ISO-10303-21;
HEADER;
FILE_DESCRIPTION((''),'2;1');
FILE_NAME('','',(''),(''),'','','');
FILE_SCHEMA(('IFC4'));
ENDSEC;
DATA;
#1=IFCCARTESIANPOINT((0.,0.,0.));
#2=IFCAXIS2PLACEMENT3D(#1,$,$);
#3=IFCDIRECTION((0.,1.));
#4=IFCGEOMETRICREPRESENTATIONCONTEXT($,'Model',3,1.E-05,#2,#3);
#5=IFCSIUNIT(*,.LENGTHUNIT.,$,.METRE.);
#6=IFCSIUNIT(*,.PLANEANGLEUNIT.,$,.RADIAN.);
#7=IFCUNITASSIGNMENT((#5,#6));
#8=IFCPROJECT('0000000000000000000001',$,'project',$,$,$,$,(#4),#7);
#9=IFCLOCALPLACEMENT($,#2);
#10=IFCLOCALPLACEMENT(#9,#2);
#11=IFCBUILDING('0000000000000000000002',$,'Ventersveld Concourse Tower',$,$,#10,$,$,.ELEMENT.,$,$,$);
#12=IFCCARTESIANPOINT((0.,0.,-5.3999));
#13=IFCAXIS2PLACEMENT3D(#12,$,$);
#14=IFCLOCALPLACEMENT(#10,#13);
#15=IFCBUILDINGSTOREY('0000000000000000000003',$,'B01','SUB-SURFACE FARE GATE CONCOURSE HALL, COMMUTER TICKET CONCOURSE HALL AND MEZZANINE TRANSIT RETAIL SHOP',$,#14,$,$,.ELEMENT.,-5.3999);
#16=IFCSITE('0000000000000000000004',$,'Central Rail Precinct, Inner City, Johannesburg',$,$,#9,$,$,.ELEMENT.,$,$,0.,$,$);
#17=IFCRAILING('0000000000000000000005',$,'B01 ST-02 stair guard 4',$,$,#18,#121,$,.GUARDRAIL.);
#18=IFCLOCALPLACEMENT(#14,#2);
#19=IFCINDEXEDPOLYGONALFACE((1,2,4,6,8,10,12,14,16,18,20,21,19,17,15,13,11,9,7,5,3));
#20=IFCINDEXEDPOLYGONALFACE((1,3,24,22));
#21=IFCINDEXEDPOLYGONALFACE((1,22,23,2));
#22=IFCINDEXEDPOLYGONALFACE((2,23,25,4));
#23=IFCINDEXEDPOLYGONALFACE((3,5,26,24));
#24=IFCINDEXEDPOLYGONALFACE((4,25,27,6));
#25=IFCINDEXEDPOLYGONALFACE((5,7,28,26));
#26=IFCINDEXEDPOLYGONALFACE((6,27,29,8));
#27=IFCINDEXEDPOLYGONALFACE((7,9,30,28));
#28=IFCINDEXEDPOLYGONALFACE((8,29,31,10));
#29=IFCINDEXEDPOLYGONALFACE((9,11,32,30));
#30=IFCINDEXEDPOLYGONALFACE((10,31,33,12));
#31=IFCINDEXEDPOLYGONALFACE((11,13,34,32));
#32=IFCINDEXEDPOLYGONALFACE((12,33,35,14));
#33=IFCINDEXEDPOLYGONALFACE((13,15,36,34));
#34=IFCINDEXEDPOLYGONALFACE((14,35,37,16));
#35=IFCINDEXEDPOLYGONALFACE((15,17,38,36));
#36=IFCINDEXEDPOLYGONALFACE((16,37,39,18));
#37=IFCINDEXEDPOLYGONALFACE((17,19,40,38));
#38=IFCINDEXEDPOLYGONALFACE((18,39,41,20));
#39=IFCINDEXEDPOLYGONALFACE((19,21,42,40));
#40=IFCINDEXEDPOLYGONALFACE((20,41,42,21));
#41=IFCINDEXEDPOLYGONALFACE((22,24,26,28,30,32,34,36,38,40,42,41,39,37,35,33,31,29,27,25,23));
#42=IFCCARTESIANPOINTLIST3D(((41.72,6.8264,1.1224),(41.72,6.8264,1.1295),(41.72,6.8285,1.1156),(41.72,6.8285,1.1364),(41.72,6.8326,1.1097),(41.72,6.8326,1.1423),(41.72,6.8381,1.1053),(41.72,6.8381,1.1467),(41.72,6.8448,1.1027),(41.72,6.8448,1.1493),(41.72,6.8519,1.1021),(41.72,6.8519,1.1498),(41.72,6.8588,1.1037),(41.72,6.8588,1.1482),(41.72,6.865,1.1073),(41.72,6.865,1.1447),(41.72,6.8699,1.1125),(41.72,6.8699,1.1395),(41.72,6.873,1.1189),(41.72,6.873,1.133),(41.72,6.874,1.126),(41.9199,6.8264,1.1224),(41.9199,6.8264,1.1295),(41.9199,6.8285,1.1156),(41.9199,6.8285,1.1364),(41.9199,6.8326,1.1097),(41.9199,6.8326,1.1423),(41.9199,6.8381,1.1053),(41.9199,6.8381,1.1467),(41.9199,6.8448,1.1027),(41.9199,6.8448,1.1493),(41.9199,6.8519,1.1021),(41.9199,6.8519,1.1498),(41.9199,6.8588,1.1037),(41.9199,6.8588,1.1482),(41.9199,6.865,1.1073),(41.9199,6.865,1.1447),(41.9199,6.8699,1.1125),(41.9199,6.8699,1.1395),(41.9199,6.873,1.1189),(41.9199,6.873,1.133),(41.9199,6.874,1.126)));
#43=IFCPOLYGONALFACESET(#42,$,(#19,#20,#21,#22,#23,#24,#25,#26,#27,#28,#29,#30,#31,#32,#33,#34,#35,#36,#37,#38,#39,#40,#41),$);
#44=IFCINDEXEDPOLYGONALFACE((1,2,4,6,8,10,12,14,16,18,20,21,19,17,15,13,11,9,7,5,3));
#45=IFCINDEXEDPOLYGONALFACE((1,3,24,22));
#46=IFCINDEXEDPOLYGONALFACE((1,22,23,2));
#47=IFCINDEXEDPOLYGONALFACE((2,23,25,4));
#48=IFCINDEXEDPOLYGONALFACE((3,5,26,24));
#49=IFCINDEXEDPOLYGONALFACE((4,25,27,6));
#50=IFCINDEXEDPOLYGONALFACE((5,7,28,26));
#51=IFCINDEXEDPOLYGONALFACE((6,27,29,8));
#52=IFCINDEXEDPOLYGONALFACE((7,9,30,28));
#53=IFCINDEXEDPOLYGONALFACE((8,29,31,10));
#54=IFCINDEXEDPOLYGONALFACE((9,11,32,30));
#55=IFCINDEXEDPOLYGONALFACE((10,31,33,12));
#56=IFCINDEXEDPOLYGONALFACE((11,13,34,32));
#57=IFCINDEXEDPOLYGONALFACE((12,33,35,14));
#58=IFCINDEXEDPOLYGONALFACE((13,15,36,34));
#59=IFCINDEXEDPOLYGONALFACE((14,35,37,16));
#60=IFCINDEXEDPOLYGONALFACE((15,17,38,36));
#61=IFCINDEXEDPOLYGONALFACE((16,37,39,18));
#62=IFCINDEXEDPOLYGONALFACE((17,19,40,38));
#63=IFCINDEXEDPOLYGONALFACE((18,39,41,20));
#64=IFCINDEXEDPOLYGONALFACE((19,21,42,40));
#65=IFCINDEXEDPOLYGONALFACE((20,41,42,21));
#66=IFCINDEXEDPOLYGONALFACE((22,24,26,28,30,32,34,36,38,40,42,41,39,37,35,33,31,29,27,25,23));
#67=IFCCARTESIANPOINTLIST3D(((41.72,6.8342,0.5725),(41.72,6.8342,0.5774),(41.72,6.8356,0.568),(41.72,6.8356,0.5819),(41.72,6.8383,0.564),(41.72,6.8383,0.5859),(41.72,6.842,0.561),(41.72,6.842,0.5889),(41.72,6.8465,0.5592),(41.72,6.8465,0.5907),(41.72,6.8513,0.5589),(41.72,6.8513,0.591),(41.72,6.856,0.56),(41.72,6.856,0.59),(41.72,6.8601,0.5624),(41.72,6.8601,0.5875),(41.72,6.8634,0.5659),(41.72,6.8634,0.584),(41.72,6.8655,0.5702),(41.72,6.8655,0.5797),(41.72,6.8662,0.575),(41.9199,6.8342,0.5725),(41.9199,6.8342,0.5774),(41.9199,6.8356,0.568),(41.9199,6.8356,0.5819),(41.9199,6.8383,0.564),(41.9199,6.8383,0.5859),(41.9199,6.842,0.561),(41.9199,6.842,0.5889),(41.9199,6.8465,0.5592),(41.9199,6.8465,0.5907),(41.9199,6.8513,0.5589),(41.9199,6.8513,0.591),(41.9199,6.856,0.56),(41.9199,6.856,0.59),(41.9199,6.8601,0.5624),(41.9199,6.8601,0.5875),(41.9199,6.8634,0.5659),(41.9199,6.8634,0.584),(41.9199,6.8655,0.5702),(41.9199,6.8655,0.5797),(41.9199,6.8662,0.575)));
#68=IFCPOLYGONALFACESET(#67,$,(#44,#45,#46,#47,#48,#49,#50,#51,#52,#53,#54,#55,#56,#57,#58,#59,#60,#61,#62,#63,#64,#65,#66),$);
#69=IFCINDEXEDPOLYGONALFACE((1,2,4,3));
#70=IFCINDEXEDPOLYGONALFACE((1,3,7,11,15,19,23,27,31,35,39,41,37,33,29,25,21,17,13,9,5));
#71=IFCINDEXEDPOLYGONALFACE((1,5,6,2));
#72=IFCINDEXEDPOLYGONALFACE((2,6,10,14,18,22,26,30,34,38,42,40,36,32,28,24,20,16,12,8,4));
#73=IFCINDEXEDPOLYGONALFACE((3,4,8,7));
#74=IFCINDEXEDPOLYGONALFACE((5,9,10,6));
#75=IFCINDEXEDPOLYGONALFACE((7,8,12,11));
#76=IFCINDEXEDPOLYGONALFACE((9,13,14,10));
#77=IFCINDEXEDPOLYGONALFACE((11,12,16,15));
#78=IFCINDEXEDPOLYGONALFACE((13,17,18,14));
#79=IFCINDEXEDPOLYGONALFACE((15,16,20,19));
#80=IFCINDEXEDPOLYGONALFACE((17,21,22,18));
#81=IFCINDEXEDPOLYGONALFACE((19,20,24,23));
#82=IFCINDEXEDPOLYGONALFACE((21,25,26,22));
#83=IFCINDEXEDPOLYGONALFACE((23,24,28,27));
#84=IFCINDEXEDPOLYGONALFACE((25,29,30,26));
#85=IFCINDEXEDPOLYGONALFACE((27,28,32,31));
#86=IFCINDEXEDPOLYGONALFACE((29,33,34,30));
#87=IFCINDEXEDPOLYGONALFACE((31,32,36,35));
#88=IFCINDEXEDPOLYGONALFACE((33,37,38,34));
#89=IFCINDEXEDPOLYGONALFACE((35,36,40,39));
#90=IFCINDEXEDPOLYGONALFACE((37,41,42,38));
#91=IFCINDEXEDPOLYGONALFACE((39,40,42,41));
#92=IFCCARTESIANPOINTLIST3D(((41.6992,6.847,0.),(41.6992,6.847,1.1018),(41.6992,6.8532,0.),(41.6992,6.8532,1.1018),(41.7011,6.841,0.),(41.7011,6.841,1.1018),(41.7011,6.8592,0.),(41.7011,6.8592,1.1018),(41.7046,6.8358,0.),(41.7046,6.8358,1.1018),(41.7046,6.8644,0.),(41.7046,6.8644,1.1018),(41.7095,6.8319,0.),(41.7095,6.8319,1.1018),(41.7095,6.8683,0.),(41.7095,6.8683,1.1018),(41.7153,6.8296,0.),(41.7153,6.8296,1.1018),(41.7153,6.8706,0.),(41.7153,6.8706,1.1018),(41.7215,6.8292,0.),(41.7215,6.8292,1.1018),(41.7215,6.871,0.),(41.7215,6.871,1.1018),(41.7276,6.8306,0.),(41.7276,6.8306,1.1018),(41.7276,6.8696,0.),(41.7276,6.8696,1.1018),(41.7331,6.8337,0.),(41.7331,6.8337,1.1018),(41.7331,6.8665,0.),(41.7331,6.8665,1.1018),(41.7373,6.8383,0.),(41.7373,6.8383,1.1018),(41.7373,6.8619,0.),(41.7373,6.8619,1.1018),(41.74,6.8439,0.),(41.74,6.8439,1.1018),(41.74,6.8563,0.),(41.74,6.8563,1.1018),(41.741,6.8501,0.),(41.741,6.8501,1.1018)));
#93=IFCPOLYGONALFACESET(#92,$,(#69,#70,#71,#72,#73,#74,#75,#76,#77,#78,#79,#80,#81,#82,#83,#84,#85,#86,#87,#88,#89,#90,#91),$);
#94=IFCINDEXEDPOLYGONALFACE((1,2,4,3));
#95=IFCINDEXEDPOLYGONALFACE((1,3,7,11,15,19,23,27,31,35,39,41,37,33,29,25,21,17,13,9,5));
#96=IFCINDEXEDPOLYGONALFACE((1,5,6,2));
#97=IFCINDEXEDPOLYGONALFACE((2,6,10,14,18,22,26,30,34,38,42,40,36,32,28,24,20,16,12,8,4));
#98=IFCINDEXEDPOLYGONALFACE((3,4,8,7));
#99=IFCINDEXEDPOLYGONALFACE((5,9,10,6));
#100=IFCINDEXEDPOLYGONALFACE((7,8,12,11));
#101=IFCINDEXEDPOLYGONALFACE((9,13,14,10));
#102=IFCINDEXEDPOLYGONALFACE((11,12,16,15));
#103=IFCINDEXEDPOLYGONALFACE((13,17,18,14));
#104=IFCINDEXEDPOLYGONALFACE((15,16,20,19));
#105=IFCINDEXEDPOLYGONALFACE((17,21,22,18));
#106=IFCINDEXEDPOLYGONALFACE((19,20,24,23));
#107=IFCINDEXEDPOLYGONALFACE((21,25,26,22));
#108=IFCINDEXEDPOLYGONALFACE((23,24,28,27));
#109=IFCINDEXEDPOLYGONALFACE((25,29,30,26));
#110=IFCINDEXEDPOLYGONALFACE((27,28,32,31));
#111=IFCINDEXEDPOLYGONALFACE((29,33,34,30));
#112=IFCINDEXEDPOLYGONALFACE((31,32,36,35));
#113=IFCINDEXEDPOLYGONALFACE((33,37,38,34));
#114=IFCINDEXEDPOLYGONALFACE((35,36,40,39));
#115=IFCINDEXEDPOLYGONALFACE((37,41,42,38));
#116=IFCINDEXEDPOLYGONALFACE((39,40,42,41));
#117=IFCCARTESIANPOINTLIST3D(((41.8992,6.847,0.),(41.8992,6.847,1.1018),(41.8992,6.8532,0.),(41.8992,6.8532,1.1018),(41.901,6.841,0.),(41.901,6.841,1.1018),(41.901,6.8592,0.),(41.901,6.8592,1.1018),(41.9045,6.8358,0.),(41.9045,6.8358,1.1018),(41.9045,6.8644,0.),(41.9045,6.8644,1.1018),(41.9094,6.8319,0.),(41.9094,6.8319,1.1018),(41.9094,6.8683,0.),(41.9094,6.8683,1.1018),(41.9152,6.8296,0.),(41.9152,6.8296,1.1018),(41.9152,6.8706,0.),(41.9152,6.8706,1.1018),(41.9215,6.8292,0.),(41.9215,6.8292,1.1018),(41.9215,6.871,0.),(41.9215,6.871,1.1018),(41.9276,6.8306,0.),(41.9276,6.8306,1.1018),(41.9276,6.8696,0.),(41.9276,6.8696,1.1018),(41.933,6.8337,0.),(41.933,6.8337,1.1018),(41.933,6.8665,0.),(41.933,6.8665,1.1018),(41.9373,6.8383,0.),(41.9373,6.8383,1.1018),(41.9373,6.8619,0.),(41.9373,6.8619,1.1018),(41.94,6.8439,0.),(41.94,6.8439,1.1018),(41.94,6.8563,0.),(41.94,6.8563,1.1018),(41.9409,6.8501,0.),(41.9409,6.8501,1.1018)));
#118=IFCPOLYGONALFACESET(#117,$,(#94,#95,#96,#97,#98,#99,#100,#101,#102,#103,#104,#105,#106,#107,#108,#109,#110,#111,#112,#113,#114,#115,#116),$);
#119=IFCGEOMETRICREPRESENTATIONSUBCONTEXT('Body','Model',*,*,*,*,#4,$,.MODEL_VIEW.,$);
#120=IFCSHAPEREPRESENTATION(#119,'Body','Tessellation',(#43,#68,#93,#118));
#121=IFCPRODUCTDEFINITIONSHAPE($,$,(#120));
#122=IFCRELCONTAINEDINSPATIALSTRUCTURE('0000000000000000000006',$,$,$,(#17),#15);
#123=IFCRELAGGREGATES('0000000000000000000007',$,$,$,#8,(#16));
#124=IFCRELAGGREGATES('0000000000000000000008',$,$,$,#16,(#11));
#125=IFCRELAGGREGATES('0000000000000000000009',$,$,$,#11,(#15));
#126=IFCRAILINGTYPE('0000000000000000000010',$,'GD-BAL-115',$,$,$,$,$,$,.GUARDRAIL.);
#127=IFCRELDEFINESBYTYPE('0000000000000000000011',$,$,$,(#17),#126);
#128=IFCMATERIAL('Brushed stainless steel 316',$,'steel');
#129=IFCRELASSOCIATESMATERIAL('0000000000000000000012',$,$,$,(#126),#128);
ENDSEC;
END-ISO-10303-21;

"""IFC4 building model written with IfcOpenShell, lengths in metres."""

from ifc_helpers import new_model, si_unit, direction, frame, origin, origin_2d, place, context, subcontext, project, spatial, circle, extrude, material, type_object, element, save


model = new_model("IFC4")

# Units and contexts
model_context = context("Model", 3, precision=1e-05, world=origin(), true_north=direction((0.0, 1.0)))
body_context = subcontext(model_context, "Body", "Model", "MODEL_VIEW")
ifc_project = project(units=[si_unit("LENGTHUNIT", "METRE"), si_unit("PLANEANGLEUNIT", "RADIAN")], contexts=[model_context])

# Site, building, storey
site_placement = place(None, origin())
site = spatial("IfcSite", under=ifc_project, at=site_placement, Name="Central Rail Precinct, Inner City, Johannesburg", CompositionType="ELEMENT", RefElevation=0.0)
building_placement = place(site_placement, origin())
building = spatial("IfcBuilding", under=site, at=building_placement, Name="Ventersveld Concourse Tower", CompositionType="ELEMENT")
storey_placement = place(building_placement, frame((0.0, 0.0, -5.3999)))
storey = spatial("IfcBuildingStorey", under=building, at=storey_placement, Name="B01", Description="SUB-SURFACE FARE GATE CONCOURSE HALL, COMMUTER TICKET CONCOURSE HALL AND MEZZANINE TRANSIT RETAIL SHOP", CompositionType="ELEMENT", Elevation=-5.3999)

# Railing
ifc_material_1 = material(Name="Brushed stainless steel 316", Category="steel")
railing_type_1 = type_object("IfcRailingType", Name="GD-BAL-115", PredefinedType="GUARDRAIL", material=ifc_material_1)
railing_1_placement = place(storey_placement, frame((41.72, 6.8501, 0.0)))
element("IfcRailing", 1, at=railing_1_placement, inside=storey, type_object=railing_type_1, Name="B01 ST-02 stair guard 4", PredefinedType="GUARDRAIL", context=body_context, shape_type="SweptSolid", body=[
    extrude(circle(Radius=0.0239, at=origin_2d()), frame((0.0, 0.0, 1.126), z_axis=(1.0, 0.0, 0.0), x_axis=(0.0, 1.0, 0.0)), (0.0, 0.0, 1.0), 0.2),
    extrude(circle(Radius=0.0161, at=origin_2d()), frame((0.0, 0.0, 0.575), z_axis=(1.0, 0.0, 0.0), x_axis=(0.0, 1.0, 0.0)), (0.0, 0.0, 1.0), 0.2),
    extrude(circle(Radius=0.021, at=origin_2d()), origin(), (0.0, 0.0, 1.0), 1.1018),
    extrude(circle(Radius=0.021, at=origin_2d()), frame((0.2, 0.0, 0.0)), (0.0, 0.0, 1.0), 1.1018),
])

save(model, "model.ifc")
